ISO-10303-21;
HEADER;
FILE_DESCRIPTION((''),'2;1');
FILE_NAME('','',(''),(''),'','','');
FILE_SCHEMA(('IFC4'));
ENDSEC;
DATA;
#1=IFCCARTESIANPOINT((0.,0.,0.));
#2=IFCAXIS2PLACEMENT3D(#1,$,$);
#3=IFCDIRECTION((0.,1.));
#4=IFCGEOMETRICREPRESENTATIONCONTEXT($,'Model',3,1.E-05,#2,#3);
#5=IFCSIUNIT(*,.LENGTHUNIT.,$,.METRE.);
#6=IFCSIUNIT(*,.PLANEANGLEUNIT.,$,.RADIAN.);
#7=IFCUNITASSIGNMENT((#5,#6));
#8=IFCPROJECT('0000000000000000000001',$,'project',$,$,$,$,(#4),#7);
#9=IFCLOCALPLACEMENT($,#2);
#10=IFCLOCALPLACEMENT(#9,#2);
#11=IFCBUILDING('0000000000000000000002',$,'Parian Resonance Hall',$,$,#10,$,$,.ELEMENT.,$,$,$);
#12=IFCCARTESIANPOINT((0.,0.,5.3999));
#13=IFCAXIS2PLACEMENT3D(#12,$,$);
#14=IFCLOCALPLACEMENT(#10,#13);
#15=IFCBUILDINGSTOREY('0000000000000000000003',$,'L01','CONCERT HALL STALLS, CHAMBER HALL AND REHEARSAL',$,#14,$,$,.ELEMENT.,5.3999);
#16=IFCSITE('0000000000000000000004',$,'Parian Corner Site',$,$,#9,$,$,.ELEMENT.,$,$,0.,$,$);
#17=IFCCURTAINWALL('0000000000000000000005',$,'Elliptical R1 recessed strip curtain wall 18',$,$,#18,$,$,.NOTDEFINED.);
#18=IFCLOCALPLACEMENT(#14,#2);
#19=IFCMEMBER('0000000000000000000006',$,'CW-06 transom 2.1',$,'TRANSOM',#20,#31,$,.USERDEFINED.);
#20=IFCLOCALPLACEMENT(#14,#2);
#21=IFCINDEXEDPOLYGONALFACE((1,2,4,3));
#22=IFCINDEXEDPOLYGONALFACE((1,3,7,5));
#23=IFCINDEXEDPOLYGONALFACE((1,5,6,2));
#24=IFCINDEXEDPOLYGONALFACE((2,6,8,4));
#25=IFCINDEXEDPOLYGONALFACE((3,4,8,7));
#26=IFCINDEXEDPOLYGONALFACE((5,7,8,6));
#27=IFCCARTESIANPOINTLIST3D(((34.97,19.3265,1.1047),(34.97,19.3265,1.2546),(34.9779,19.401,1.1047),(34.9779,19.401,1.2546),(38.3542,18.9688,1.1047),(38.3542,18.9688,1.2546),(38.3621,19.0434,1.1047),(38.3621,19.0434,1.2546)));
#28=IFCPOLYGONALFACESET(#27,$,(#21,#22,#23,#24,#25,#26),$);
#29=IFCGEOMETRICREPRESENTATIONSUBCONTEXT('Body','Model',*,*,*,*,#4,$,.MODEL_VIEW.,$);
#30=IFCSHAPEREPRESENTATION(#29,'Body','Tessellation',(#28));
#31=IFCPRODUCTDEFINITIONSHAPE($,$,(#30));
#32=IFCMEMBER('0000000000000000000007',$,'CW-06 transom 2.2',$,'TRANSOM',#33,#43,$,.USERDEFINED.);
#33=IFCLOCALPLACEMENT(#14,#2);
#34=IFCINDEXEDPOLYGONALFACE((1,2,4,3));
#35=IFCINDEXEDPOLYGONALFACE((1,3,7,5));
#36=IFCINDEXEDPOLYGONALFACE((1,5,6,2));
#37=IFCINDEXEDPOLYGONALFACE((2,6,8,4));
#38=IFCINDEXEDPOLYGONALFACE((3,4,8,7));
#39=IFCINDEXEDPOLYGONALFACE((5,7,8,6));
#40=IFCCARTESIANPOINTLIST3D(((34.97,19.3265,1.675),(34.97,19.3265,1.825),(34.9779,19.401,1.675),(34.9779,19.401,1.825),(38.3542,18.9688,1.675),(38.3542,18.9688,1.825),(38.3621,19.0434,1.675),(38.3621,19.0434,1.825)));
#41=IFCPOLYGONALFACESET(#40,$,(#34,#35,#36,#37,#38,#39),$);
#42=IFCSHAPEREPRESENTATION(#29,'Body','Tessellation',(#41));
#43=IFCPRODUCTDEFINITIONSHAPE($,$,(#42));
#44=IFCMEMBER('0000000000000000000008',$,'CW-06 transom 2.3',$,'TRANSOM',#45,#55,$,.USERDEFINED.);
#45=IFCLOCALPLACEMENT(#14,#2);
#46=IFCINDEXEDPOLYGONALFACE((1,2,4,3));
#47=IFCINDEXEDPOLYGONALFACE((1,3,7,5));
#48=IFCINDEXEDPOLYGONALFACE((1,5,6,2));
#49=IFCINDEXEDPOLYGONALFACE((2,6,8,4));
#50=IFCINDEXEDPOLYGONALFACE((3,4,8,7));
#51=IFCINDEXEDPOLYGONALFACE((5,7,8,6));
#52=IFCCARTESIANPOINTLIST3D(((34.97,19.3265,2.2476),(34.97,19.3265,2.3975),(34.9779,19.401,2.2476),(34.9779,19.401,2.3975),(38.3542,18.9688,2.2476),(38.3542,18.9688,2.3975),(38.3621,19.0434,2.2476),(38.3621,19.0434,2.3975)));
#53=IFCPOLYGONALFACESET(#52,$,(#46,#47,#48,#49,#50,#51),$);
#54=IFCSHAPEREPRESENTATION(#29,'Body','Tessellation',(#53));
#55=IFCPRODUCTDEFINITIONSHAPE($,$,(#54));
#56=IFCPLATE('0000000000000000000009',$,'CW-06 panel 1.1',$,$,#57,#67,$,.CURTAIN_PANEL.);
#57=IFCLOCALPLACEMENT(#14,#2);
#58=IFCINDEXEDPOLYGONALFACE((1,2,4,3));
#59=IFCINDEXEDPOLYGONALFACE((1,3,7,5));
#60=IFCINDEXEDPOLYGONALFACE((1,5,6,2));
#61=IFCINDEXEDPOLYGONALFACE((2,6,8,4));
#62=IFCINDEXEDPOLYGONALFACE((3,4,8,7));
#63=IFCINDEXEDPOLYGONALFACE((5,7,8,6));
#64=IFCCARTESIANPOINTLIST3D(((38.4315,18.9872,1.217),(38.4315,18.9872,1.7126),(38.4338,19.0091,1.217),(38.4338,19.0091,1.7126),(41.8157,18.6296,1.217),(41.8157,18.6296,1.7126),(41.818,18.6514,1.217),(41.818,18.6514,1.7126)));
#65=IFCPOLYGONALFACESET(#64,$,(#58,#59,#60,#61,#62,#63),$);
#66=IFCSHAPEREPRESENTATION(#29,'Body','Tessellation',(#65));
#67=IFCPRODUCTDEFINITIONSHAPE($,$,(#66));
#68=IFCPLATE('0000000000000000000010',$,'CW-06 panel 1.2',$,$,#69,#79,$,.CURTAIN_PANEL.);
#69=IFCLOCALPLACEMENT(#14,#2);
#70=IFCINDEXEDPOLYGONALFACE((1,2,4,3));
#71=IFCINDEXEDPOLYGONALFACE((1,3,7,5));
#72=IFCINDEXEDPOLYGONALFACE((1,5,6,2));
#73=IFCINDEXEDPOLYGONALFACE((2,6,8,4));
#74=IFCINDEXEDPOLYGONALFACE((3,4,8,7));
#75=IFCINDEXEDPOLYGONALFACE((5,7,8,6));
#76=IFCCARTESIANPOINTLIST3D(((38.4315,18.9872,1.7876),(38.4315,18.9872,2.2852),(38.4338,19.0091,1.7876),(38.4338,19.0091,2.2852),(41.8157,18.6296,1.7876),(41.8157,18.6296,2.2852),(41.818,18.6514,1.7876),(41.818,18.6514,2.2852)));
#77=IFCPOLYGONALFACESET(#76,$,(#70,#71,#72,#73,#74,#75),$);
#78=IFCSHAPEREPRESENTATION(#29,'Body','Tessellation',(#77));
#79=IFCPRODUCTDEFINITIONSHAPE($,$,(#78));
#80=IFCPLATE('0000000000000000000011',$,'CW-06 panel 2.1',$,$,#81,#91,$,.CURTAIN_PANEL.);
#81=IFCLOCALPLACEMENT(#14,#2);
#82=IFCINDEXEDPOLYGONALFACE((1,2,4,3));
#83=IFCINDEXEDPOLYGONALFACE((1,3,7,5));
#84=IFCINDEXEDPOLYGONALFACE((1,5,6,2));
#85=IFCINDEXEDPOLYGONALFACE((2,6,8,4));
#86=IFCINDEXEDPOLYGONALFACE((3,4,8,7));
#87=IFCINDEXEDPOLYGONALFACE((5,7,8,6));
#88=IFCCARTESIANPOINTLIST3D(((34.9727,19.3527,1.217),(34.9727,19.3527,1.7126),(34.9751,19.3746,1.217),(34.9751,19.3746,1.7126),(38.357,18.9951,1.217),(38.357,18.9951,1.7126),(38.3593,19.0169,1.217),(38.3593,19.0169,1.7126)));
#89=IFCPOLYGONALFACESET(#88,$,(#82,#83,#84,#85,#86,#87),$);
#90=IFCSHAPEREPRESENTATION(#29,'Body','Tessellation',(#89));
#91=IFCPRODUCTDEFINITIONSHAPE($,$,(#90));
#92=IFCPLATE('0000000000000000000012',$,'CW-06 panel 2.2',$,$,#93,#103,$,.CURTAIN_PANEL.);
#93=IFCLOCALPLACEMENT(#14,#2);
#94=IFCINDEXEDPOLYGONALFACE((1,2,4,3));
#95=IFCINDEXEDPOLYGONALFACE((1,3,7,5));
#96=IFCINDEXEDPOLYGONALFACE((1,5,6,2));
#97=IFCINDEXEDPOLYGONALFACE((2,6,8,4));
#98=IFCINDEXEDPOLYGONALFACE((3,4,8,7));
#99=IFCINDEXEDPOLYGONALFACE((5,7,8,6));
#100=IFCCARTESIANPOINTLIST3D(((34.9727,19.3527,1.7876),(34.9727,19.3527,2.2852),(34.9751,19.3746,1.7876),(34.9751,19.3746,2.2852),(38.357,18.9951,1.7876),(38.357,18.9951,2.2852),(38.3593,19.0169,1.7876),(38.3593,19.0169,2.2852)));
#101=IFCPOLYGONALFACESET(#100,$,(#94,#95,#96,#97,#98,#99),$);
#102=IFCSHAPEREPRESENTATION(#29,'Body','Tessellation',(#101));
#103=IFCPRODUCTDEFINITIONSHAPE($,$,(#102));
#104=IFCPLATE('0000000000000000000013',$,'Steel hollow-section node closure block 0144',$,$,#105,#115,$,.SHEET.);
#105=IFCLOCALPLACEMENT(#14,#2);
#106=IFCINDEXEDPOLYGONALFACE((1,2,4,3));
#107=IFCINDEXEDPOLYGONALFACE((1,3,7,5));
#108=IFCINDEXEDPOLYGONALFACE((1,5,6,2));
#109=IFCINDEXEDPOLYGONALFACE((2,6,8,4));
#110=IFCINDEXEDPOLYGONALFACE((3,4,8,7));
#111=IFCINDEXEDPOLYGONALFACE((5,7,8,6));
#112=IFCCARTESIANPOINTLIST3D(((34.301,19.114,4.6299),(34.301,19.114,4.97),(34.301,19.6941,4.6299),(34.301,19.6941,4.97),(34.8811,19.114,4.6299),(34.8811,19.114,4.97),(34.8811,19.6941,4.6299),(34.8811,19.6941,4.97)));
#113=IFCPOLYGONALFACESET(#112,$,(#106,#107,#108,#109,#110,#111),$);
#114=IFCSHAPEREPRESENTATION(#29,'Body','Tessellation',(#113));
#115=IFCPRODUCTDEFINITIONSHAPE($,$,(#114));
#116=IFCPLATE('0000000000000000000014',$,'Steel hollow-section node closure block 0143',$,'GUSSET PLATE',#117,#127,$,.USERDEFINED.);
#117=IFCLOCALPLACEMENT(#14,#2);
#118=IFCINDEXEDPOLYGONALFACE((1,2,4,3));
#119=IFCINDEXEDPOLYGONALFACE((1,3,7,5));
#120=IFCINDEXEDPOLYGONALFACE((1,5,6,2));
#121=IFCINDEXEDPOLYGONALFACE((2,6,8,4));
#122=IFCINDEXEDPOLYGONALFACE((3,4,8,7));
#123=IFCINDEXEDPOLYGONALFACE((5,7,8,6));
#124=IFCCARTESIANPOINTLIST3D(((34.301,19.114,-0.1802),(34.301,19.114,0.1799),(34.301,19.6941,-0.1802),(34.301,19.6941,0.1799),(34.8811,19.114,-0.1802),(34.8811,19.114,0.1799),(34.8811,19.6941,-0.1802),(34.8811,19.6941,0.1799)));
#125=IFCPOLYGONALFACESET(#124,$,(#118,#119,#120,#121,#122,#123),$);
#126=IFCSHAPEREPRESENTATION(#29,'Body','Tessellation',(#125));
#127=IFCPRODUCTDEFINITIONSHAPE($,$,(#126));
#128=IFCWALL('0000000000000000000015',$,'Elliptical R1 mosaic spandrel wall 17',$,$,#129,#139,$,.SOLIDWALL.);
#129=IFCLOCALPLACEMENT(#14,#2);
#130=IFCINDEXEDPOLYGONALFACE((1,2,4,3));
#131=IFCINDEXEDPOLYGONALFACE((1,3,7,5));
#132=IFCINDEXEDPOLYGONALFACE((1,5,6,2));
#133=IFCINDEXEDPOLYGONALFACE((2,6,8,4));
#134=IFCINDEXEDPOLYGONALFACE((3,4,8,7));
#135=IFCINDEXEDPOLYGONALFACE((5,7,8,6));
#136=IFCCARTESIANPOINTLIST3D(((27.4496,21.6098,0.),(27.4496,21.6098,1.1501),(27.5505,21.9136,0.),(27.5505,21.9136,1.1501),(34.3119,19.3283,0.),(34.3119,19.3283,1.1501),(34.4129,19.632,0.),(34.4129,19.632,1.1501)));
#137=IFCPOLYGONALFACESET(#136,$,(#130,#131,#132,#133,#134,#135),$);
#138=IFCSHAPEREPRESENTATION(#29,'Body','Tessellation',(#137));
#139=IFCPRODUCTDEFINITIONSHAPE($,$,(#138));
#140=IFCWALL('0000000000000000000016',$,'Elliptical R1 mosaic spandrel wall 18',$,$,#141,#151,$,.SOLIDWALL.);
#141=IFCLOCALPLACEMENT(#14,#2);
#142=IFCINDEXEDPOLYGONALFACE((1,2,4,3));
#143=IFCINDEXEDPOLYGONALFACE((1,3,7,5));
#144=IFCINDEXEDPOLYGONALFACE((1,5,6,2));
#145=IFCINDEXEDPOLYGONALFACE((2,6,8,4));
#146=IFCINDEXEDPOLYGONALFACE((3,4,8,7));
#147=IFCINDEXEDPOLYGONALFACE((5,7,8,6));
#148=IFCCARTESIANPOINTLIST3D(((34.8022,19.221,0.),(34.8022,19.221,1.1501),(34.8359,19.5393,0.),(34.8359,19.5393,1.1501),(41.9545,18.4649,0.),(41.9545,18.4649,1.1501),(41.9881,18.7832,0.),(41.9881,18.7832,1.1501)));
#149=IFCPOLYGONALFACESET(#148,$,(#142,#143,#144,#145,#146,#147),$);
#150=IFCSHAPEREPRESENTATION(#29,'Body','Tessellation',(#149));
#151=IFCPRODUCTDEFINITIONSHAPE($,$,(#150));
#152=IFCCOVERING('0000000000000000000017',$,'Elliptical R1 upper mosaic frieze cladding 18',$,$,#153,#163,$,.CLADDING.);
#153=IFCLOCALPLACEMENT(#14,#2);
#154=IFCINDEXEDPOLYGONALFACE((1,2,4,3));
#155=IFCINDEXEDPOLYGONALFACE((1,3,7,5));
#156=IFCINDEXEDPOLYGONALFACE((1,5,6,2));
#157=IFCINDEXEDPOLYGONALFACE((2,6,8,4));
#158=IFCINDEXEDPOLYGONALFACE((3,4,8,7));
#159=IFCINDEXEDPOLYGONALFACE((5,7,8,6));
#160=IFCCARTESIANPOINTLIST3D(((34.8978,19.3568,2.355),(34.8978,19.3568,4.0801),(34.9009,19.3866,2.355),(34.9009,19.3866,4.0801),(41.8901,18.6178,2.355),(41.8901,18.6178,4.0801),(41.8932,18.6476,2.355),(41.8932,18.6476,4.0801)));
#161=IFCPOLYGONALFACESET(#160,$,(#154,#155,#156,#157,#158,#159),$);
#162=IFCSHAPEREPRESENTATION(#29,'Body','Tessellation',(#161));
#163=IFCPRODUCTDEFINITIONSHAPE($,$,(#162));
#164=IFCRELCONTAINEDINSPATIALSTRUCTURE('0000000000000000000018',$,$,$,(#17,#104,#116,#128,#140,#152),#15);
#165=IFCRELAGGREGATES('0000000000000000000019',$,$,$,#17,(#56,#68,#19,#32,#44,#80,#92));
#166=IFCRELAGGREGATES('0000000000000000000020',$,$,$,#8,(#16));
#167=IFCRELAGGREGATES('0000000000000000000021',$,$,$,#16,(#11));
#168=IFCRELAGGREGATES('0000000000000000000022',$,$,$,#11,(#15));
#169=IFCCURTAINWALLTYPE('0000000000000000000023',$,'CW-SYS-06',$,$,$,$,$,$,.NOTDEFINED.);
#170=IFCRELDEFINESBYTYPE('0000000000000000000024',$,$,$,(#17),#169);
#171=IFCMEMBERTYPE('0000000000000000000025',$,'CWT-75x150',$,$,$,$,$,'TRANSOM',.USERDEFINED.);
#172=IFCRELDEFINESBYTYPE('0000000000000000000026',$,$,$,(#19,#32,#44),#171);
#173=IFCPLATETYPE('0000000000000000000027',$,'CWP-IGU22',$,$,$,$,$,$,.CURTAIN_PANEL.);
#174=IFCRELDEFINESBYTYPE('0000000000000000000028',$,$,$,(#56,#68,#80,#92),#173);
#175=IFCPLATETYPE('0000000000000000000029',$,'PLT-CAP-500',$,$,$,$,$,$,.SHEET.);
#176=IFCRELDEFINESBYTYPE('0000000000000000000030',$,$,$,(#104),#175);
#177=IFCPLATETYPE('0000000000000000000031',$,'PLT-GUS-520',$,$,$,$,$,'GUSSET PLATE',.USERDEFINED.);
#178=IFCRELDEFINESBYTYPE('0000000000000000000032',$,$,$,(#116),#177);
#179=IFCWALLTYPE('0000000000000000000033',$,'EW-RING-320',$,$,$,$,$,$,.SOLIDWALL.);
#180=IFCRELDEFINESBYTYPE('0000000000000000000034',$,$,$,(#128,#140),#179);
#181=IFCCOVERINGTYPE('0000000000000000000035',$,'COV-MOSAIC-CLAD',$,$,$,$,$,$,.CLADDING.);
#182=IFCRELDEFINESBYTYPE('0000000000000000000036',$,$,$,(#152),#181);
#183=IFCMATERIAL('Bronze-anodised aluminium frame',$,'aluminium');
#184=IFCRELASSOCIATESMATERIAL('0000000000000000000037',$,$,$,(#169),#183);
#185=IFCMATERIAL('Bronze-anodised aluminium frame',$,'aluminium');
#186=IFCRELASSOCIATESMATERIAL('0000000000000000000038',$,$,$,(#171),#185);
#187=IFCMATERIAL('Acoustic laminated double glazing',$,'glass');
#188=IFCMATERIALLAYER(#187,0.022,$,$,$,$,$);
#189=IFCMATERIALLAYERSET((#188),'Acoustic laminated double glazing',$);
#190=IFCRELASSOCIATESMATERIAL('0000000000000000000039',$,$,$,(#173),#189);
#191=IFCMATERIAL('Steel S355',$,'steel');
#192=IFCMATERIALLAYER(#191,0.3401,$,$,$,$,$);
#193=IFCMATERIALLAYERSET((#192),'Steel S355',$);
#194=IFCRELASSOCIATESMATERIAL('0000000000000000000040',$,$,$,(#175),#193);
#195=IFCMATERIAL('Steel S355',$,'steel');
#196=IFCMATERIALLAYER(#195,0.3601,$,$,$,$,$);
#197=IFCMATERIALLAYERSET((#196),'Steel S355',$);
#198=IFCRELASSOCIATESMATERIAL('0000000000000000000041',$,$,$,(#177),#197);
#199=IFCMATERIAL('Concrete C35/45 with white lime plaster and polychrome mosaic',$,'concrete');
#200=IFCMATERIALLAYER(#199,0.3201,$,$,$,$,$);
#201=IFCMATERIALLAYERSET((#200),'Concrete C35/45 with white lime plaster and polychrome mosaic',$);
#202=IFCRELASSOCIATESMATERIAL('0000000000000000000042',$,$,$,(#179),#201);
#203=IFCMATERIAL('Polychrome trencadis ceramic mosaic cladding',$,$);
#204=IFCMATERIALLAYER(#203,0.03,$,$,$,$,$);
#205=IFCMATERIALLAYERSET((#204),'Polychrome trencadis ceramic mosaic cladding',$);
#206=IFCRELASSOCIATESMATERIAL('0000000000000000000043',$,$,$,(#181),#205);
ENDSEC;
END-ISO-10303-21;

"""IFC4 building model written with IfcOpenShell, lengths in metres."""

from ifc_helpers import new_model, si_unit, direction, frame, frame_2d, origin, origin_2d, place, context, subcontext, project, spatial, rectangle, extrude, material, layer, layer_set, material_profile, profile_set, type_object, element, aggregate, save


model = new_model("IFC4")

# Units and contexts
model_context = context("Model", 3, precision=1e-05, world=origin(), true_north=direction((0.0, 1.0)))
body_context = subcontext(model_context, "Body", "Model", "MODEL_VIEW")
ifc_project = project(units=[si_unit("LENGTHUNIT", "METRE"), si_unit("PLANEANGLEUNIT", "RADIAN")], contexts=[model_context])

# Site, building, storey
site_placement = place(None, origin())
site = spatial("IfcSite", under=ifc_project, at=site_placement, Name="Parian Corner Site", CompositionType="ELEMENT", RefElevation=0.0)
building_placement = place(site_placement, origin())
building = spatial("IfcBuilding", under=site, at=building_placement, Name="Parian Resonance Hall", CompositionType="ELEMENT")
storey_placement = place(building_placement, frame((0.0, 0.0, 5.3999)))
storey = spatial("IfcBuildingStorey", under=building, at=storey_placement, Name="L01", Description="CONCERT HALL STALLS, CHAMBER HALL AND REHEARSAL", CompositionType="ELEMENT", Elevation=5.3999)

# Curtain wall, members, plates
ifc_material_1 = material(Name="Bronze-anodised aluminium frame", Category="aluminium")
curtain_wall_type_1 = type_object("IfcCurtainWallType", Name="CW-SYS-06", PredefinedType="NOTDEFINED", material=ifc_material_1)
curtain_wall_1_placement = place(storey_placement, origin())
curtain_wall_1 = element("IfcCurtainWall", 1, at=curtain_wall_1_placement, inside=storey, type_object=curtain_wall_type_1, Name="Elliptical R1 recessed strip curtain wall 18", PredefinedType="NOTDEFINED")
ifc_material_2 = material(Name="Bronze-anodised aluminium frame", Category="aluminium")
ifc_material_profile_1 = material_profile(ifc_material_2, rectangle(XDim=0.075, YDim=0.1499, at=origin_2d()), Name="CWT-75x150")
ifc_profile_set_1 = profile_set([ifc_material_profile_1], Name="Bronze-anodised aluminium frame")
member_type_1 = type_object("IfcMemberType", Name="CWT-75x150", ElementType="TRANSOM", PredefinedType="USERDEFINED", material=ifc_profile_set_1)
member_1_placement = place(storey_placement, frame((38.3582, 19.0061, 1.1797), z_axis=(-0.994462, 0.105099, 0.0), x_axis=(-0.105099, -0.994462, 0.0)))
member_1 = element("IfcMember", 2, at=member_1_placement, type_object=member_type_1, Name="CW-06 transom 2.1", ObjectType="TRANSOM", PredefinedType="USERDEFINED", context=body_context, shape_type="SweptSolid", body=[
    extrude(rectangle(XDim=0.075, YDim=0.1499, at=origin_2d()), origin(), (0.0, 0.0, 1.0), 3.4031),
])
member_2_placement = place(storey_placement, frame((38.3582, 19.0061, 1.75), z_axis=(-0.994462, 0.105099, 0.0), x_axis=(-0.105099, -0.994462, 0.0)))
member_2 = element("IfcMember", 3, at=member_2_placement, type_object=member_type_1, Name="CW-06 transom 2.2", ObjectType="TRANSOM", PredefinedType="USERDEFINED", context=body_context, shape_type="SweptSolid", body=[
    extrude(rectangle(XDim=0.075, YDim=0.1499, at=origin_2d()), origin(), (0.0, 0.0, 1.0), 3.4031),
])
member_3_placement = place(storey_placement, frame((38.3582, 19.0061, 2.3225), z_axis=(-0.994462, 0.105099, 0.0), x_axis=(-0.105099, -0.994462, 0.0)))
member_3 = element("IfcMember", 4, at=member_3_placement, type_object=member_type_1, Name="CW-06 transom 2.3", ObjectType="TRANSOM", PredefinedType="USERDEFINED", context=body_context, shape_type="SweptSolid", body=[
    extrude(rectangle(XDim=0.075, YDim=0.1499, at=origin_2d()), origin(), (0.0, 0.0, 1.0), 3.4031),
])
ifc_material_3 = material(Name="Acoustic laminated double glazing", Category="glass")
ifc_layer_1 = layer(ifc_material_3, 0.022)
ifc_layer_set_1 = layer_set([ifc_layer_1], Name="Acoustic laminated double glazing")
plate_type_1 = type_object("IfcPlateType", Name="CWP-IGU22", PredefinedType="CURTAIN_PANEL", material=ifc_layer_set_1)
plate_1_placement = place(storey_placement, frame((40.1248, 18.8193, 1.217), z_axis=(0.0, 0.0, 1.0), x_axis=(-0.994461, 0.105102, 0.0)))
plate_1 = element("IfcPlate", 5, at=plate_1_placement, type_object=plate_type_1, Name="CW-06 panel 1.1", PredefinedType="CURTAIN_PANEL", context=body_context, shape_type="SweptSolid", body=[
    extrude(rectangle(XDim=3.4031, YDim=0.022, at=origin_2d()), origin(), (0.0, 0.0, 1.0), 0.4956),
])
plate_2_placement = place(storey_placement, frame((40.1248, 18.8193, 1.7876), z_axis=(0.0, 0.0, 1.0), x_axis=(-0.994461, 0.105102, 0.0)))
plate_2 = element("IfcPlate", 6, at=plate_2_placement, type_object=plate_type_1, Name="CW-06 panel 1.2", PredefinedType="CURTAIN_PANEL", context=body_context, shape_type="SweptSolid", body=[
    extrude(rectangle(XDim=3.4031, YDim=0.022, at=origin_2d()), origin(), (0.0, 0.0, 1.0), 0.4976),
])
plate_3_placement = place(storey_placement, frame((36.666, 19.1848, 1.217), z_axis=(0.0, 0.0, 1.0), x_axis=(-0.994461, 0.105102, 0.0)))
plate_3 = element("IfcPlate", 7, at=plate_3_placement, type_object=plate_type_1, Name="CW-06 panel 2.1", PredefinedType="CURTAIN_PANEL", context=body_context, shape_type="SweptSolid", body=[
    extrude(rectangle(XDim=3.4031, YDim=0.022, at=origin_2d()), origin(), (0.0, 0.0, 1.0), 0.4956),
])
plate_4_placement = place(storey_placement, frame((36.666, 19.1848, 1.7876), z_axis=(0.0, 0.0, 1.0), x_axis=(-0.994461, 0.105102, 0.0)))
plate_4 = element("IfcPlate", 8, at=plate_4_placement, type_object=plate_type_1, Name="CW-06 panel 2.2", PredefinedType="CURTAIN_PANEL", context=body_context, shape_type="SweptSolid", body=[
    extrude(rectangle(XDim=3.4031, YDim=0.022, at=origin_2d()), origin(), (0.0, 0.0, 1.0), 0.4976),
])
aggregate(curtain_wall_1, [plate_1, plate_2, member_1, member_2, member_3, plate_3, plate_4])

# Plates
ifc_material_4 = material(Name="Steel S355", Category="steel")
ifc_layer_2 = layer(ifc_material_4, 0.3401)
ifc_layer_set_2 = layer_set([ifc_layer_2], Name="Steel S355")
plate_type_2 = type_object("IfcPlateType", Name="PLT-CAP-500", PredefinedType="SHEET", material=ifc_layer_set_2)
plate_5_placement = place(storey_placement, frame((34.5911, 19.4041, 4.6299), z_axis=(0.0, 0.0, 1.0), x_axis=(1.0, 0.0, 0.0)))
element("IfcPlate", 9, at=plate_5_placement, inside=storey, type_object=plate_type_2, Name="Steel hollow-section node closure block 0144", PredefinedType="SHEET", context=body_context, shape_type="SweptSolid", body=[
    extrude(rectangle(XDim=0.5801, YDim=0.5801, at=origin_2d()), origin(), (0.0, 0.0, 1.0), 0.3401),
])
ifc_material_5 = material(Name="Steel S355", Category="steel")
ifc_layer_3 = layer(ifc_material_5, 0.3601)
ifc_layer_set_3 = layer_set([ifc_layer_3], Name="Steel S355")
plate_type_3 = type_object("IfcPlateType", Name="PLT-GUS-520", ElementType="GUSSET PLATE", PredefinedType="USERDEFINED", material=ifc_layer_set_3)
plate_6_placement = place(storey_placement, frame((34.5911, 19.4041, -0.1802), z_axis=(0.0, 0.0, 1.0), x_axis=(1.0, 0.0, 0.0)))
element("IfcPlate", 10, at=plate_6_placement, inside=storey, type_object=plate_type_3, Name="Steel hollow-section node closure block 0143", ObjectType="GUSSET PLATE", PredefinedType="USERDEFINED", context=body_context, shape_type="SweptSolid", body=[
    extrude(rectangle(XDim=0.5801, YDim=0.5801, at=origin_2d()), origin(), (0.0, 0.0, 1.0), 0.3601),
])

# Walls
ifc_material_6 = material(Name="Concrete C35/45 with white lime plaster and polychrome mosaic", Category="concrete")
ifc_layer_4 = layer(ifc_material_6, 0.3201)
ifc_layer_set_4 = layer_set([ifc_layer_4], Name="Concrete C35/45 with white lime plaster and polychrome mosaic")
wall_type = type_object("IfcWallType", Name="EW-RING-320", PredefinedType="SOLIDWALL", material=ifc_layer_set_4)
wall_1_placement = place(storey_placement, frame((34.3623, 19.4802, 0.0), z_axis=(0.0, 0.0, 1.0), x_axis=(-0.948929, 0.315488, 0.0)))
element("IfcWall", 11, at=wall_1_placement, inside=storey, type_object=wall_type, Name="Elliptical R1 mosaic spandrel wall 17", PredefinedType="SOLIDWALL", context=body_context, shape_type="SweptSolid", body=[
    extrude(rectangle(XDim=7.2317, YDim=0.3201, at=frame_2d((3.6157, 0.0))), origin(), (0.0, 0.0, 1.0), 1.1501),
])
wall_2_placement = place(storey_placement, frame((41.9714, 18.624, 0.0), z_axis=(0.0, 0.0, 1.0), x_axis=(-0.994459, 0.105128, 0.0)))
element("IfcWall", 12, at=wall_2_placement, inside=storey, type_object=wall_type, Name="Elliptical R1 mosaic spandrel wall 18", PredefinedType="SOLIDWALL", context=body_context, shape_type="SweptSolid", body=[
    extrude(rectangle(XDim=7.1921, YDim=0.3201, at=frame_2d((3.5962, 0.0))), origin(), (0.0, 0.0, 1.0), 1.1501),
])

# Covering
ifc_material_7 = material(Name="Polychrome trencadis ceramic mosaic cladding")
ifc_layer_5 = layer(ifc_material_7, 0.03)
ifc_layer_set_5 = layer_set([ifc_layer_5], Name="Polychrome trencadis ceramic mosaic cladding")
covering_type = type_object("IfcCoveringType", Name="COV-MOSAIC-CLAD", PredefinedType="CLADDING", material=ifc_layer_set_5)
covering_placement = place(storey_placement, frame((38.3955, 19.0022, 2.355), z_axis=(0.0, 0.0, 1.0), x_axis=(-0.994461, 0.105103, 0.0)))
element("IfcCovering", 13, at=covering_placement, inside=storey, type_object=covering_type, Name="Elliptical R1 upper mosaic frieze cladding 18", PredefinedType="CLADDING", context=body_context, shape_type="SweptSolid", body=[
    extrude(rectangle(XDim=7.0312, YDim=0.03, at=origin_2d()), origin(), (0.0, 0.0, 1.0), 1.7251),
])

save(model, "model.ifc")
